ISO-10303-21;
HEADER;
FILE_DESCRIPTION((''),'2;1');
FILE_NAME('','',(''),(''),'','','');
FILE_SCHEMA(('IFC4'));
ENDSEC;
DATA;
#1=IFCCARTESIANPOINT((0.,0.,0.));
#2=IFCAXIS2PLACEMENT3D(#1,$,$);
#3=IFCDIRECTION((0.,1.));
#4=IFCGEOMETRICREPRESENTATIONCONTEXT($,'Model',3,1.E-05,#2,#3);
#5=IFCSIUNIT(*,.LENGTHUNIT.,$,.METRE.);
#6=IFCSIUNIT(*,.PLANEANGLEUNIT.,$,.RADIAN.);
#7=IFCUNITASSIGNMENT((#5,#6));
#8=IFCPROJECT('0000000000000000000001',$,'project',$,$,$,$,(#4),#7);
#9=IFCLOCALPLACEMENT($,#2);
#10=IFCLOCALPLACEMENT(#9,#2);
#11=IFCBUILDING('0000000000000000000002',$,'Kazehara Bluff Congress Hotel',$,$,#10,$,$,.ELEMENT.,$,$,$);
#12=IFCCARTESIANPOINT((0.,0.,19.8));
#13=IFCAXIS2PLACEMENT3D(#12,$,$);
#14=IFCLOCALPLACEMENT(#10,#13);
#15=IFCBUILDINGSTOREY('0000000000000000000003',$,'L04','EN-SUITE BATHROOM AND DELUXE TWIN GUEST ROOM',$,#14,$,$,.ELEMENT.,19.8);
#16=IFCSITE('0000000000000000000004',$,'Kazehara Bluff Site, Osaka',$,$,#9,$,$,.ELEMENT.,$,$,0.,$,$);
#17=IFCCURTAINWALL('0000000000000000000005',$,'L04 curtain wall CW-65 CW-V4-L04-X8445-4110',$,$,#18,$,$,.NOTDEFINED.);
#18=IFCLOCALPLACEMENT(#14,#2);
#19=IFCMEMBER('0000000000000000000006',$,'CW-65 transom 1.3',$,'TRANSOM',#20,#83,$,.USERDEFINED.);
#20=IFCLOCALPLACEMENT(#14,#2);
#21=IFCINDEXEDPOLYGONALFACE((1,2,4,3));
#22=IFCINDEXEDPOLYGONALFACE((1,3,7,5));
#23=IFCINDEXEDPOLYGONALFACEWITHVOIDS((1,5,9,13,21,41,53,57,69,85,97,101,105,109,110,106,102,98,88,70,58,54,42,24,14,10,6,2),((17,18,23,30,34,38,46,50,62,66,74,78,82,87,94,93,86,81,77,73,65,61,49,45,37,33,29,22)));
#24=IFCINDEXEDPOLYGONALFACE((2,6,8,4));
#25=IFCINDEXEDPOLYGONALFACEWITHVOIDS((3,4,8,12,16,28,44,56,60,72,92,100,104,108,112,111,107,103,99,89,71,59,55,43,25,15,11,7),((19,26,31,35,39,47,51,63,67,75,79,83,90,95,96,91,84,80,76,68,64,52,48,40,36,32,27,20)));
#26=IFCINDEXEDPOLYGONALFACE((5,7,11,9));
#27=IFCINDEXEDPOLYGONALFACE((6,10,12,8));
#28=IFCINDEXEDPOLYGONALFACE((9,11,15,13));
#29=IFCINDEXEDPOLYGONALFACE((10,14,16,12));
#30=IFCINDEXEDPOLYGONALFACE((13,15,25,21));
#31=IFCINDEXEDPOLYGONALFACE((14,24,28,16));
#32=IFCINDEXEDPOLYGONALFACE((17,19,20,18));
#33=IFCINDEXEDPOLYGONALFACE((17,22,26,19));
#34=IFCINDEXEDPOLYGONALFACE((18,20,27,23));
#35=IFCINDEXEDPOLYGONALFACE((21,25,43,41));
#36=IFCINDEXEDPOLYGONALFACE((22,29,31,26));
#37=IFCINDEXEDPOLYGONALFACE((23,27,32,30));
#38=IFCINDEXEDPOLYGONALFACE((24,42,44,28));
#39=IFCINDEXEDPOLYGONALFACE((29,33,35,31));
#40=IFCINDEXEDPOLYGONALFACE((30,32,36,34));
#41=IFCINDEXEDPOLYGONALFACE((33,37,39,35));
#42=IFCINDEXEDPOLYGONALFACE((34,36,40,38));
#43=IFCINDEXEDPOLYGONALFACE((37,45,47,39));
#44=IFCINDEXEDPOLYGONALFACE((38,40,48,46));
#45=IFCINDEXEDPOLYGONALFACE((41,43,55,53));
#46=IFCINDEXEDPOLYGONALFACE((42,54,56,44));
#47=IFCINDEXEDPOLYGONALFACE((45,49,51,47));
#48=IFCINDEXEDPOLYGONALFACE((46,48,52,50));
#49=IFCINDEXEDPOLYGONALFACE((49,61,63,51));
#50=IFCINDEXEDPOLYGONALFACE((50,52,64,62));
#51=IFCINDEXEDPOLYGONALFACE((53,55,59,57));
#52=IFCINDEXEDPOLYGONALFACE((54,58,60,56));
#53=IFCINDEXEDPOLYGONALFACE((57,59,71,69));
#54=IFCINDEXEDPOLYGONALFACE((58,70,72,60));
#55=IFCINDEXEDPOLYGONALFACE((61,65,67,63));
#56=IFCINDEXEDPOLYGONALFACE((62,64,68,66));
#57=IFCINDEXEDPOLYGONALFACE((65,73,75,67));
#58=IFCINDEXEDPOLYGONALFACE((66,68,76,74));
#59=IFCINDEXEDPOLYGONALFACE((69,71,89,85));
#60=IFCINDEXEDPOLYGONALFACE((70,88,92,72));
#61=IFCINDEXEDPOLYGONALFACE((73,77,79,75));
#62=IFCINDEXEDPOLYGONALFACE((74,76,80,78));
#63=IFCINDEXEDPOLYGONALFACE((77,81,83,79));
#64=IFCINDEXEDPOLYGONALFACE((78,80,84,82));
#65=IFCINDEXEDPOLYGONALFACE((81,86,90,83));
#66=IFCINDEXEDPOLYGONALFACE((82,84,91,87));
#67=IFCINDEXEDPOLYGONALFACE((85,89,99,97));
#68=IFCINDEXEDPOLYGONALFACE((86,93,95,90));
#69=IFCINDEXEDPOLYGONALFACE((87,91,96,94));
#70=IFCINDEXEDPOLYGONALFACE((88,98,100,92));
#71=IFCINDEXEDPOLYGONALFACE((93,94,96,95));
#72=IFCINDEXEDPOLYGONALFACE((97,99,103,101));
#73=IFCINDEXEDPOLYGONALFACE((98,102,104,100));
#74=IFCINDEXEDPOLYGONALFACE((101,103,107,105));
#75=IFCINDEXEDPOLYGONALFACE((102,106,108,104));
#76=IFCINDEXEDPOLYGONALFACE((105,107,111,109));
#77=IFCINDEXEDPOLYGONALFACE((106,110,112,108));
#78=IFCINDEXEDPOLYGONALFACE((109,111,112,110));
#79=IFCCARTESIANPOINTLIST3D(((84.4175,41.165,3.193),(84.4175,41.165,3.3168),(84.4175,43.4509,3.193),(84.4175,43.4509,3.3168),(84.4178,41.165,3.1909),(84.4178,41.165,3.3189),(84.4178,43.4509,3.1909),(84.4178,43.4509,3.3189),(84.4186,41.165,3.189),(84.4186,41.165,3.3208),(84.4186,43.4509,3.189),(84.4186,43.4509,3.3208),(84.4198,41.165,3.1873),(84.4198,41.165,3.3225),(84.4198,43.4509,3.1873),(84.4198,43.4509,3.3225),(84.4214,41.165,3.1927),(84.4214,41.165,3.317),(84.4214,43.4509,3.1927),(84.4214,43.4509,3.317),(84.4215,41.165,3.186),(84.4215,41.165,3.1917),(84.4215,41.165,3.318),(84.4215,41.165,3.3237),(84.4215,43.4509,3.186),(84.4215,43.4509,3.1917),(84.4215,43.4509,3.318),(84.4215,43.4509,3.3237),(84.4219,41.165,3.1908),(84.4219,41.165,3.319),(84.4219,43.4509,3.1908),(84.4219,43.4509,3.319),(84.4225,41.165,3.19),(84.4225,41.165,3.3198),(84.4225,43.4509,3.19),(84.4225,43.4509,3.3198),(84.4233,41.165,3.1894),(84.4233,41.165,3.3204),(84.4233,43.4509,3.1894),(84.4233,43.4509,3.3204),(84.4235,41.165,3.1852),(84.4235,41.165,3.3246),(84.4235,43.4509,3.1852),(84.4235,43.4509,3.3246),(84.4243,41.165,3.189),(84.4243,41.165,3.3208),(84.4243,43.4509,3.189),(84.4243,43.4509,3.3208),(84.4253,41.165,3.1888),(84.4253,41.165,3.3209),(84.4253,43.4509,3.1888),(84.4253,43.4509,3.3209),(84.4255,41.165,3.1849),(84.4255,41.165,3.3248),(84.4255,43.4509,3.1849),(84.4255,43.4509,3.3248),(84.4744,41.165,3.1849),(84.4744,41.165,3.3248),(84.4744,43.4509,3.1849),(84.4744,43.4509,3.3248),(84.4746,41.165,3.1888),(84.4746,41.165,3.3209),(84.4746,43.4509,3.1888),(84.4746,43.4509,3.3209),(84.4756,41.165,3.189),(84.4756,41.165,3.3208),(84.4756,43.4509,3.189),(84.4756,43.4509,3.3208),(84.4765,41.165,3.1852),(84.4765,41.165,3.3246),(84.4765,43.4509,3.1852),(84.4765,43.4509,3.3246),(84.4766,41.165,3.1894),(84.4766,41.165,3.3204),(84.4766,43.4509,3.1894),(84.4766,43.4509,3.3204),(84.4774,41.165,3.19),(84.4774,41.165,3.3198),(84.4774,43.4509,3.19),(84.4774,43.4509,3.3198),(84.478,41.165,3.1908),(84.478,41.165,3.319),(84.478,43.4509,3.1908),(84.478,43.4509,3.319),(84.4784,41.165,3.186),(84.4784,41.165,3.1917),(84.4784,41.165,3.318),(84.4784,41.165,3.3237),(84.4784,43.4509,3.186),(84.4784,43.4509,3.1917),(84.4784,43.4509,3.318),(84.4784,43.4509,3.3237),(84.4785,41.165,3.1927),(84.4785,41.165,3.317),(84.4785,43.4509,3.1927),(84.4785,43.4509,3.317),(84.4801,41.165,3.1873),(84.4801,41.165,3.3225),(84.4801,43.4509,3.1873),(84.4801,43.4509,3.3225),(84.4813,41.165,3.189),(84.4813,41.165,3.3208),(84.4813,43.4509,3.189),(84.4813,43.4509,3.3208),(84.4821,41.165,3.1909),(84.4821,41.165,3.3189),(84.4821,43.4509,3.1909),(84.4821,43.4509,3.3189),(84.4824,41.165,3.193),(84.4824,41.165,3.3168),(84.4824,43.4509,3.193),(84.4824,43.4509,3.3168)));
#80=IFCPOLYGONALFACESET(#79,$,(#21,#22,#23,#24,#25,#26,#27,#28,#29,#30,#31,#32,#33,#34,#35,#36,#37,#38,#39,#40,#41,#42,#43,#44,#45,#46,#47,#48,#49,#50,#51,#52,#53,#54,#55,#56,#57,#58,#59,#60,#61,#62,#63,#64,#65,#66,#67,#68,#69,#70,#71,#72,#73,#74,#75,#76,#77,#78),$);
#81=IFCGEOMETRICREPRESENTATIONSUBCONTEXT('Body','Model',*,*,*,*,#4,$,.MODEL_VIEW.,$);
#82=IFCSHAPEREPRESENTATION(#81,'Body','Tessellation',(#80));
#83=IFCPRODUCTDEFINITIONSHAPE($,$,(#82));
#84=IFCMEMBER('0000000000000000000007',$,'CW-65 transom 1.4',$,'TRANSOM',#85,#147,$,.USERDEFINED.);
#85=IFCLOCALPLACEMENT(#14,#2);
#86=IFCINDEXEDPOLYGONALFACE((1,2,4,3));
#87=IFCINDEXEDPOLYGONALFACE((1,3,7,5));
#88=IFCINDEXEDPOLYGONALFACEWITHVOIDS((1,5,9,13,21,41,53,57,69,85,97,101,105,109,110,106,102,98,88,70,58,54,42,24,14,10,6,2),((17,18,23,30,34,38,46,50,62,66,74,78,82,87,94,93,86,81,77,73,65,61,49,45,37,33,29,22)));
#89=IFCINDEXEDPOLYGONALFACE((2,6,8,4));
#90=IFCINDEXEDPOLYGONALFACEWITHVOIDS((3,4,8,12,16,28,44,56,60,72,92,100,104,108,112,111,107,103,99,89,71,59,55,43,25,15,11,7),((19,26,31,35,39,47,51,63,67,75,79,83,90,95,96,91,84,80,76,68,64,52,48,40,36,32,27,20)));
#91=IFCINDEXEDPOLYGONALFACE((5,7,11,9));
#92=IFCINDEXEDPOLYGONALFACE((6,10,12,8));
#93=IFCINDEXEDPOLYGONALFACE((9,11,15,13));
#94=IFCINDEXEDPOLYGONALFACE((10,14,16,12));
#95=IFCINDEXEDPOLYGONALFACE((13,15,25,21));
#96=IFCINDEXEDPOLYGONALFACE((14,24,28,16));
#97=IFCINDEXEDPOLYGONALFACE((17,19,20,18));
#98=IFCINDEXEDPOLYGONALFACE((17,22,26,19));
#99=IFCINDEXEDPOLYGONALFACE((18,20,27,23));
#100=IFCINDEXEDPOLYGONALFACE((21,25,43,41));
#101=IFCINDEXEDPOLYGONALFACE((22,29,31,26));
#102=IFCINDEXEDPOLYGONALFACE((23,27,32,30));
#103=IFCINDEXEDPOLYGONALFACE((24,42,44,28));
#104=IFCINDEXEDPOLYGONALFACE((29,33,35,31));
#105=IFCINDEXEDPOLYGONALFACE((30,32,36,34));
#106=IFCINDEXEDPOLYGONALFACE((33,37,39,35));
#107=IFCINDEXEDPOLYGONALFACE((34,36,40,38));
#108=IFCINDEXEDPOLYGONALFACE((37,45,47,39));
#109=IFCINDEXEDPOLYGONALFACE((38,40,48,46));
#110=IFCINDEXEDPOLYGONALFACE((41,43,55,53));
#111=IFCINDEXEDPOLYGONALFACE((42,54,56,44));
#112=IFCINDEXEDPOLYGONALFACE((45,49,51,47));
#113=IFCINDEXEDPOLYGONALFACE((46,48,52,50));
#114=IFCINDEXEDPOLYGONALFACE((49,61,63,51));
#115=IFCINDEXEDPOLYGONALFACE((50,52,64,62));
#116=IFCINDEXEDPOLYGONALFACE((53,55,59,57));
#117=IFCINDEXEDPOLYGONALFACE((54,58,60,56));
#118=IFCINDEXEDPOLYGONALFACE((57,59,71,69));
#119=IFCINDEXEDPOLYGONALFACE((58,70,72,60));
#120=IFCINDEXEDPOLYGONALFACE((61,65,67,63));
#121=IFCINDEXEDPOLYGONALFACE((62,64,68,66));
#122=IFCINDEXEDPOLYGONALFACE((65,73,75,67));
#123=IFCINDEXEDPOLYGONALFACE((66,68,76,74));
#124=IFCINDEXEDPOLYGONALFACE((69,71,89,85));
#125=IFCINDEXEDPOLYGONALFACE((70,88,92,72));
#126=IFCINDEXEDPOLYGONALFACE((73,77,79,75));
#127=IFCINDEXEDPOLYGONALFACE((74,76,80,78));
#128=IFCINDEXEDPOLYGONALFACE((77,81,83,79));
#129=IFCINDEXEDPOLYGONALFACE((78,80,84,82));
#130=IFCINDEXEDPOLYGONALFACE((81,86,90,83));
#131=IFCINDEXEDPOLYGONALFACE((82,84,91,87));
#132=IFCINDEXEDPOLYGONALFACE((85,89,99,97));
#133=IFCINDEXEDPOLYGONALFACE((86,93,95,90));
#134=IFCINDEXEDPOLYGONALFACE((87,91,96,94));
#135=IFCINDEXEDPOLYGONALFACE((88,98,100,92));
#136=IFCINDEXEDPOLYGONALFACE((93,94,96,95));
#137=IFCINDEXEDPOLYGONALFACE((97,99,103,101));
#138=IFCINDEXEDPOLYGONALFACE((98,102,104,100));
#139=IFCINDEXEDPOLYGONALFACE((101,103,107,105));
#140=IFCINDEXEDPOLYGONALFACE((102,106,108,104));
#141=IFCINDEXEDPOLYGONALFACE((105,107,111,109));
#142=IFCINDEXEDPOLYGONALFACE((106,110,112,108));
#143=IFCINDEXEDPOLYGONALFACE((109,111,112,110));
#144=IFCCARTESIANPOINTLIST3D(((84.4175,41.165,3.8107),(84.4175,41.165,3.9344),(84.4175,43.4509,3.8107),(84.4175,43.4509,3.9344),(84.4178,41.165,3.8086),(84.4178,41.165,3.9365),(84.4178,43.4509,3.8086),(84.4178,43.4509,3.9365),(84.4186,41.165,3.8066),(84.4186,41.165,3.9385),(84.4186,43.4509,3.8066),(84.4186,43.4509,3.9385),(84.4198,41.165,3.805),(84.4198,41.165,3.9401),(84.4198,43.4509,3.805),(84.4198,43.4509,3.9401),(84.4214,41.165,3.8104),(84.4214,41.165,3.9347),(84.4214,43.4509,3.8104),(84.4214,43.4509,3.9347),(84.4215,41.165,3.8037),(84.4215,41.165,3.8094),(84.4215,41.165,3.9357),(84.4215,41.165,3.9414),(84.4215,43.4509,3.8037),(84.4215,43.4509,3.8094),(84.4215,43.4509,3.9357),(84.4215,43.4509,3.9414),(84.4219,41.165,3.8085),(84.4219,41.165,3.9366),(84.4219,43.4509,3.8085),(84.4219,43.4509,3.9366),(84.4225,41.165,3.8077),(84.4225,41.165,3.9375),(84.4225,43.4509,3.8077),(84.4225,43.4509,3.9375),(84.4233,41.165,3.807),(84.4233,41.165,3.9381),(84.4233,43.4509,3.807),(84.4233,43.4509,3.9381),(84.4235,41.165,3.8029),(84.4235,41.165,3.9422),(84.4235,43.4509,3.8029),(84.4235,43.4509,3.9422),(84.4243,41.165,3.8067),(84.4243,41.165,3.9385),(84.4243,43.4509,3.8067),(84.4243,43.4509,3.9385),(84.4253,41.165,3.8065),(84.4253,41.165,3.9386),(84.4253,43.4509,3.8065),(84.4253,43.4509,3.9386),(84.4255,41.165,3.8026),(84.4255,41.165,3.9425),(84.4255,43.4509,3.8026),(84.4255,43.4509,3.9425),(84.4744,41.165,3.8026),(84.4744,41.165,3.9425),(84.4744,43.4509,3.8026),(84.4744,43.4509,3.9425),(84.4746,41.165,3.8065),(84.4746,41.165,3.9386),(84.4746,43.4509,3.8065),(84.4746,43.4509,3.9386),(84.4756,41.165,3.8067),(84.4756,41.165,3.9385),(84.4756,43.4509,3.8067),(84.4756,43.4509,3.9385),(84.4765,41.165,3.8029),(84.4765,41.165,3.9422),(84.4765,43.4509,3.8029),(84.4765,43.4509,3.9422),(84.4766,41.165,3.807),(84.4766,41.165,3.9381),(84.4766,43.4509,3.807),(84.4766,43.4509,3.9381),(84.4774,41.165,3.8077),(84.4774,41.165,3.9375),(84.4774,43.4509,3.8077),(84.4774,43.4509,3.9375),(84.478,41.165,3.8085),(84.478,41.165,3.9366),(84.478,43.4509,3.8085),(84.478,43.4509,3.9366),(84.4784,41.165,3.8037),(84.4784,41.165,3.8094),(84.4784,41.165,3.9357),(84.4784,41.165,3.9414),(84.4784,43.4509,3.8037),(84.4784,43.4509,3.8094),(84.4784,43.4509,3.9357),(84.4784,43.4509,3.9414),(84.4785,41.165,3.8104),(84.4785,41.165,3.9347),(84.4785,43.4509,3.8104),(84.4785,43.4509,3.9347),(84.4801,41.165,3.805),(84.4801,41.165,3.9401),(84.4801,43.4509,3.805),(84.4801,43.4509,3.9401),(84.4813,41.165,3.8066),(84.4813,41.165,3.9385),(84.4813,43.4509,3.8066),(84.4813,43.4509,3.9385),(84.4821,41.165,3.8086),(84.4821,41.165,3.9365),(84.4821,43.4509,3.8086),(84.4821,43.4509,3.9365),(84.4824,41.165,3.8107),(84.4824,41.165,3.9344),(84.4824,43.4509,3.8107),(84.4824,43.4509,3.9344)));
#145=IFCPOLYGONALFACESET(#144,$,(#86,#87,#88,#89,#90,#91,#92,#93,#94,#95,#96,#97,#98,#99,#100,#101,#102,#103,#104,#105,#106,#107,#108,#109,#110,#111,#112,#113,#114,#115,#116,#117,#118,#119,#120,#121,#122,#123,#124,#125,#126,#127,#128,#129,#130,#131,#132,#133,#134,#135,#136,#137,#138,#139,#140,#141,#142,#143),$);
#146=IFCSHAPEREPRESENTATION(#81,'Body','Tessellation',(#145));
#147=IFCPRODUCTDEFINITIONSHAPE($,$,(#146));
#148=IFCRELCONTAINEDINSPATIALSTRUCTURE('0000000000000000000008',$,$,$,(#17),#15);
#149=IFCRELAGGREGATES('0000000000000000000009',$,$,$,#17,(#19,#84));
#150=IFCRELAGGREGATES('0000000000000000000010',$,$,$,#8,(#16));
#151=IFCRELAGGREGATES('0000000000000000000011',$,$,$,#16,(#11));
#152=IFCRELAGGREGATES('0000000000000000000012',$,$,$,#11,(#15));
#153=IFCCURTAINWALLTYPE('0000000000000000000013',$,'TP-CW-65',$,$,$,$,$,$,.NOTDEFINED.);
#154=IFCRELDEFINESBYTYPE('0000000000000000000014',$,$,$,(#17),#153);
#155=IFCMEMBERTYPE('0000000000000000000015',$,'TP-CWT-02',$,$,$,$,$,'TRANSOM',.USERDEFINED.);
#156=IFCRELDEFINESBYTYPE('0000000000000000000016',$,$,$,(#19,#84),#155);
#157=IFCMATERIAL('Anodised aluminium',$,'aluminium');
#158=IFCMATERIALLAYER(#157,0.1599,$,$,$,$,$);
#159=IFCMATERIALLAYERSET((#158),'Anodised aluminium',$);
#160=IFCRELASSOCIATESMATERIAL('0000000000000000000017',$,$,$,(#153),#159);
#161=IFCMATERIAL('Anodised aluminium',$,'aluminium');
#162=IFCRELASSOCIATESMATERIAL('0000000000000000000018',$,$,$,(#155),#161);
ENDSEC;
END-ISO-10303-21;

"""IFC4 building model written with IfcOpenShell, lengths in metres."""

from ifc_helpers import new_model, si_unit, direction, frame, origin, origin_2d, place, context, subcontext, project, spatial, hollow_rectangle, extrude, material, layer, layer_set, material_profile, profile_set, type_object, element, aggregate, save


model = new_model("IFC4")

# Units and contexts
model_context = context("Model", 3, precision=1e-05, world=origin(), true_north=direction((0.0, 1.0)))
body_context = subcontext(model_context, "Body", "Model", "MODEL_VIEW")
ifc_project = project(units=[si_unit("LENGTHUNIT", "METRE"), si_unit("PLANEANGLEUNIT", "RADIAN")], contexts=[model_context])

# Site, building, storey
site_placement = place(None, origin())
site = spatial("IfcSite", under=ifc_project, at=site_placement, Name="Kazehara Bluff Site, Osaka", CompositionType="ELEMENT", RefElevation=0.0)
building_placement = place(site_placement, origin())
building = spatial("IfcBuilding", under=site, at=building_placement, Name="Kazehara Bluff Congress Hotel", CompositionType="ELEMENT")
storey_placement = place(building_placement, frame((0.0, 0.0, 19.8)))
storey = spatial("IfcBuildingStorey", under=building, at=storey_placement, Name="L04", Description="EN-SUITE BATHROOM AND DELUXE TWIN GUEST ROOM", CompositionType="ELEMENT", Elevation=19.8)

# Curtain wall
ifc_material_1 = material(Name="Anodised aluminium", Category="aluminium")
ifc_layer_1 = layer(ifc_material_1, 0.1599)
ifc_layer_set_1 = layer_set([ifc_layer_1], Name="Anodised aluminium")
curtain_wall_type_1 = type_object("IfcCurtainWallType", Name="TP-CW-65", PredefinedType="NOTDEFINED", material=ifc_layer_set_1)
curtain_wall_1_placement = place(storey_placement, origin())
curtain_wall_1 = element("IfcCurtainWall", 1, at=curtain_wall_1_placement, inside=storey, type_object=curtain_wall_type_1, Name="L04 curtain wall CW-65 CW-V4-L04-X8445-4110", PredefinedType="NOTDEFINED")
ifc_material_2 = material(Name="Anodised aluminium", Category="aluminium")
ifc_material_profile_1 = material_profile(ifc_material_2, hollow_rectangle(XDim=0.0649, YDim=0.1399, WallThickness=0.0039, InnerFilletRadius=0.0039, OuterFilletRadius=0.0081, at=origin_2d()))
ifc_profile_set_1 = profile_set([ifc_material_profile_1], Name="Anodised aluminium")
member_type_1 = type_object("IfcMemberType", Name="TP-CWT-02", ElementType="TRANSOM", PredefinedType="USERDEFINED", material=ifc_profile_set_1)

# Members
member_1_placement = place(storey_placement, frame((84.45, 41.165, 3.2549), z_axis=(0.0, 1.0, 0.0), x_axis=(-1.0, 0.0, 0.0)))
member_1 = element("IfcMember", 2, at=member_1_placement, type_object=member_type_1, Name="CW-65 transom 1.3", ObjectType="TRANSOM", PredefinedType="USERDEFINED", context=body_context, shape_type="SweptSolid", body=[
    extrude(hollow_rectangle(XDim=0.0649, YDim=0.1399, WallThickness=0.0039, InnerFilletRadius=0.0039, OuterFilletRadius=0.0081, at=origin_2d()), origin(), (0.0, 0.0, 1.0), 2.2859),
])
member_2_placement = place(storey_placement, frame((84.45, 41.165, 3.8726), z_axis=(0.0, 1.0, 0.0), x_axis=(-1.0, 0.0, 0.0)))
member_2 = element("IfcMember", 3, at=member_2_placement, type_object=member_type_1, Name="CW-65 transom 1.4", ObjectType="TRANSOM", PredefinedType="USERDEFINED", context=body_context, shape_type="SweptSolid", body=[
    extrude(hollow_rectangle(XDim=0.0649, YDim=0.1399, WallThickness=0.0039, InnerFilletRadius=0.0039, OuterFilletRadius=0.0081, at=origin_2d()), origin(), (0.0, 0.0, 1.0), 2.2859),
])

aggregate(curtain_wall_1, [member_1, member_2])

save(model, "model.ifc")
